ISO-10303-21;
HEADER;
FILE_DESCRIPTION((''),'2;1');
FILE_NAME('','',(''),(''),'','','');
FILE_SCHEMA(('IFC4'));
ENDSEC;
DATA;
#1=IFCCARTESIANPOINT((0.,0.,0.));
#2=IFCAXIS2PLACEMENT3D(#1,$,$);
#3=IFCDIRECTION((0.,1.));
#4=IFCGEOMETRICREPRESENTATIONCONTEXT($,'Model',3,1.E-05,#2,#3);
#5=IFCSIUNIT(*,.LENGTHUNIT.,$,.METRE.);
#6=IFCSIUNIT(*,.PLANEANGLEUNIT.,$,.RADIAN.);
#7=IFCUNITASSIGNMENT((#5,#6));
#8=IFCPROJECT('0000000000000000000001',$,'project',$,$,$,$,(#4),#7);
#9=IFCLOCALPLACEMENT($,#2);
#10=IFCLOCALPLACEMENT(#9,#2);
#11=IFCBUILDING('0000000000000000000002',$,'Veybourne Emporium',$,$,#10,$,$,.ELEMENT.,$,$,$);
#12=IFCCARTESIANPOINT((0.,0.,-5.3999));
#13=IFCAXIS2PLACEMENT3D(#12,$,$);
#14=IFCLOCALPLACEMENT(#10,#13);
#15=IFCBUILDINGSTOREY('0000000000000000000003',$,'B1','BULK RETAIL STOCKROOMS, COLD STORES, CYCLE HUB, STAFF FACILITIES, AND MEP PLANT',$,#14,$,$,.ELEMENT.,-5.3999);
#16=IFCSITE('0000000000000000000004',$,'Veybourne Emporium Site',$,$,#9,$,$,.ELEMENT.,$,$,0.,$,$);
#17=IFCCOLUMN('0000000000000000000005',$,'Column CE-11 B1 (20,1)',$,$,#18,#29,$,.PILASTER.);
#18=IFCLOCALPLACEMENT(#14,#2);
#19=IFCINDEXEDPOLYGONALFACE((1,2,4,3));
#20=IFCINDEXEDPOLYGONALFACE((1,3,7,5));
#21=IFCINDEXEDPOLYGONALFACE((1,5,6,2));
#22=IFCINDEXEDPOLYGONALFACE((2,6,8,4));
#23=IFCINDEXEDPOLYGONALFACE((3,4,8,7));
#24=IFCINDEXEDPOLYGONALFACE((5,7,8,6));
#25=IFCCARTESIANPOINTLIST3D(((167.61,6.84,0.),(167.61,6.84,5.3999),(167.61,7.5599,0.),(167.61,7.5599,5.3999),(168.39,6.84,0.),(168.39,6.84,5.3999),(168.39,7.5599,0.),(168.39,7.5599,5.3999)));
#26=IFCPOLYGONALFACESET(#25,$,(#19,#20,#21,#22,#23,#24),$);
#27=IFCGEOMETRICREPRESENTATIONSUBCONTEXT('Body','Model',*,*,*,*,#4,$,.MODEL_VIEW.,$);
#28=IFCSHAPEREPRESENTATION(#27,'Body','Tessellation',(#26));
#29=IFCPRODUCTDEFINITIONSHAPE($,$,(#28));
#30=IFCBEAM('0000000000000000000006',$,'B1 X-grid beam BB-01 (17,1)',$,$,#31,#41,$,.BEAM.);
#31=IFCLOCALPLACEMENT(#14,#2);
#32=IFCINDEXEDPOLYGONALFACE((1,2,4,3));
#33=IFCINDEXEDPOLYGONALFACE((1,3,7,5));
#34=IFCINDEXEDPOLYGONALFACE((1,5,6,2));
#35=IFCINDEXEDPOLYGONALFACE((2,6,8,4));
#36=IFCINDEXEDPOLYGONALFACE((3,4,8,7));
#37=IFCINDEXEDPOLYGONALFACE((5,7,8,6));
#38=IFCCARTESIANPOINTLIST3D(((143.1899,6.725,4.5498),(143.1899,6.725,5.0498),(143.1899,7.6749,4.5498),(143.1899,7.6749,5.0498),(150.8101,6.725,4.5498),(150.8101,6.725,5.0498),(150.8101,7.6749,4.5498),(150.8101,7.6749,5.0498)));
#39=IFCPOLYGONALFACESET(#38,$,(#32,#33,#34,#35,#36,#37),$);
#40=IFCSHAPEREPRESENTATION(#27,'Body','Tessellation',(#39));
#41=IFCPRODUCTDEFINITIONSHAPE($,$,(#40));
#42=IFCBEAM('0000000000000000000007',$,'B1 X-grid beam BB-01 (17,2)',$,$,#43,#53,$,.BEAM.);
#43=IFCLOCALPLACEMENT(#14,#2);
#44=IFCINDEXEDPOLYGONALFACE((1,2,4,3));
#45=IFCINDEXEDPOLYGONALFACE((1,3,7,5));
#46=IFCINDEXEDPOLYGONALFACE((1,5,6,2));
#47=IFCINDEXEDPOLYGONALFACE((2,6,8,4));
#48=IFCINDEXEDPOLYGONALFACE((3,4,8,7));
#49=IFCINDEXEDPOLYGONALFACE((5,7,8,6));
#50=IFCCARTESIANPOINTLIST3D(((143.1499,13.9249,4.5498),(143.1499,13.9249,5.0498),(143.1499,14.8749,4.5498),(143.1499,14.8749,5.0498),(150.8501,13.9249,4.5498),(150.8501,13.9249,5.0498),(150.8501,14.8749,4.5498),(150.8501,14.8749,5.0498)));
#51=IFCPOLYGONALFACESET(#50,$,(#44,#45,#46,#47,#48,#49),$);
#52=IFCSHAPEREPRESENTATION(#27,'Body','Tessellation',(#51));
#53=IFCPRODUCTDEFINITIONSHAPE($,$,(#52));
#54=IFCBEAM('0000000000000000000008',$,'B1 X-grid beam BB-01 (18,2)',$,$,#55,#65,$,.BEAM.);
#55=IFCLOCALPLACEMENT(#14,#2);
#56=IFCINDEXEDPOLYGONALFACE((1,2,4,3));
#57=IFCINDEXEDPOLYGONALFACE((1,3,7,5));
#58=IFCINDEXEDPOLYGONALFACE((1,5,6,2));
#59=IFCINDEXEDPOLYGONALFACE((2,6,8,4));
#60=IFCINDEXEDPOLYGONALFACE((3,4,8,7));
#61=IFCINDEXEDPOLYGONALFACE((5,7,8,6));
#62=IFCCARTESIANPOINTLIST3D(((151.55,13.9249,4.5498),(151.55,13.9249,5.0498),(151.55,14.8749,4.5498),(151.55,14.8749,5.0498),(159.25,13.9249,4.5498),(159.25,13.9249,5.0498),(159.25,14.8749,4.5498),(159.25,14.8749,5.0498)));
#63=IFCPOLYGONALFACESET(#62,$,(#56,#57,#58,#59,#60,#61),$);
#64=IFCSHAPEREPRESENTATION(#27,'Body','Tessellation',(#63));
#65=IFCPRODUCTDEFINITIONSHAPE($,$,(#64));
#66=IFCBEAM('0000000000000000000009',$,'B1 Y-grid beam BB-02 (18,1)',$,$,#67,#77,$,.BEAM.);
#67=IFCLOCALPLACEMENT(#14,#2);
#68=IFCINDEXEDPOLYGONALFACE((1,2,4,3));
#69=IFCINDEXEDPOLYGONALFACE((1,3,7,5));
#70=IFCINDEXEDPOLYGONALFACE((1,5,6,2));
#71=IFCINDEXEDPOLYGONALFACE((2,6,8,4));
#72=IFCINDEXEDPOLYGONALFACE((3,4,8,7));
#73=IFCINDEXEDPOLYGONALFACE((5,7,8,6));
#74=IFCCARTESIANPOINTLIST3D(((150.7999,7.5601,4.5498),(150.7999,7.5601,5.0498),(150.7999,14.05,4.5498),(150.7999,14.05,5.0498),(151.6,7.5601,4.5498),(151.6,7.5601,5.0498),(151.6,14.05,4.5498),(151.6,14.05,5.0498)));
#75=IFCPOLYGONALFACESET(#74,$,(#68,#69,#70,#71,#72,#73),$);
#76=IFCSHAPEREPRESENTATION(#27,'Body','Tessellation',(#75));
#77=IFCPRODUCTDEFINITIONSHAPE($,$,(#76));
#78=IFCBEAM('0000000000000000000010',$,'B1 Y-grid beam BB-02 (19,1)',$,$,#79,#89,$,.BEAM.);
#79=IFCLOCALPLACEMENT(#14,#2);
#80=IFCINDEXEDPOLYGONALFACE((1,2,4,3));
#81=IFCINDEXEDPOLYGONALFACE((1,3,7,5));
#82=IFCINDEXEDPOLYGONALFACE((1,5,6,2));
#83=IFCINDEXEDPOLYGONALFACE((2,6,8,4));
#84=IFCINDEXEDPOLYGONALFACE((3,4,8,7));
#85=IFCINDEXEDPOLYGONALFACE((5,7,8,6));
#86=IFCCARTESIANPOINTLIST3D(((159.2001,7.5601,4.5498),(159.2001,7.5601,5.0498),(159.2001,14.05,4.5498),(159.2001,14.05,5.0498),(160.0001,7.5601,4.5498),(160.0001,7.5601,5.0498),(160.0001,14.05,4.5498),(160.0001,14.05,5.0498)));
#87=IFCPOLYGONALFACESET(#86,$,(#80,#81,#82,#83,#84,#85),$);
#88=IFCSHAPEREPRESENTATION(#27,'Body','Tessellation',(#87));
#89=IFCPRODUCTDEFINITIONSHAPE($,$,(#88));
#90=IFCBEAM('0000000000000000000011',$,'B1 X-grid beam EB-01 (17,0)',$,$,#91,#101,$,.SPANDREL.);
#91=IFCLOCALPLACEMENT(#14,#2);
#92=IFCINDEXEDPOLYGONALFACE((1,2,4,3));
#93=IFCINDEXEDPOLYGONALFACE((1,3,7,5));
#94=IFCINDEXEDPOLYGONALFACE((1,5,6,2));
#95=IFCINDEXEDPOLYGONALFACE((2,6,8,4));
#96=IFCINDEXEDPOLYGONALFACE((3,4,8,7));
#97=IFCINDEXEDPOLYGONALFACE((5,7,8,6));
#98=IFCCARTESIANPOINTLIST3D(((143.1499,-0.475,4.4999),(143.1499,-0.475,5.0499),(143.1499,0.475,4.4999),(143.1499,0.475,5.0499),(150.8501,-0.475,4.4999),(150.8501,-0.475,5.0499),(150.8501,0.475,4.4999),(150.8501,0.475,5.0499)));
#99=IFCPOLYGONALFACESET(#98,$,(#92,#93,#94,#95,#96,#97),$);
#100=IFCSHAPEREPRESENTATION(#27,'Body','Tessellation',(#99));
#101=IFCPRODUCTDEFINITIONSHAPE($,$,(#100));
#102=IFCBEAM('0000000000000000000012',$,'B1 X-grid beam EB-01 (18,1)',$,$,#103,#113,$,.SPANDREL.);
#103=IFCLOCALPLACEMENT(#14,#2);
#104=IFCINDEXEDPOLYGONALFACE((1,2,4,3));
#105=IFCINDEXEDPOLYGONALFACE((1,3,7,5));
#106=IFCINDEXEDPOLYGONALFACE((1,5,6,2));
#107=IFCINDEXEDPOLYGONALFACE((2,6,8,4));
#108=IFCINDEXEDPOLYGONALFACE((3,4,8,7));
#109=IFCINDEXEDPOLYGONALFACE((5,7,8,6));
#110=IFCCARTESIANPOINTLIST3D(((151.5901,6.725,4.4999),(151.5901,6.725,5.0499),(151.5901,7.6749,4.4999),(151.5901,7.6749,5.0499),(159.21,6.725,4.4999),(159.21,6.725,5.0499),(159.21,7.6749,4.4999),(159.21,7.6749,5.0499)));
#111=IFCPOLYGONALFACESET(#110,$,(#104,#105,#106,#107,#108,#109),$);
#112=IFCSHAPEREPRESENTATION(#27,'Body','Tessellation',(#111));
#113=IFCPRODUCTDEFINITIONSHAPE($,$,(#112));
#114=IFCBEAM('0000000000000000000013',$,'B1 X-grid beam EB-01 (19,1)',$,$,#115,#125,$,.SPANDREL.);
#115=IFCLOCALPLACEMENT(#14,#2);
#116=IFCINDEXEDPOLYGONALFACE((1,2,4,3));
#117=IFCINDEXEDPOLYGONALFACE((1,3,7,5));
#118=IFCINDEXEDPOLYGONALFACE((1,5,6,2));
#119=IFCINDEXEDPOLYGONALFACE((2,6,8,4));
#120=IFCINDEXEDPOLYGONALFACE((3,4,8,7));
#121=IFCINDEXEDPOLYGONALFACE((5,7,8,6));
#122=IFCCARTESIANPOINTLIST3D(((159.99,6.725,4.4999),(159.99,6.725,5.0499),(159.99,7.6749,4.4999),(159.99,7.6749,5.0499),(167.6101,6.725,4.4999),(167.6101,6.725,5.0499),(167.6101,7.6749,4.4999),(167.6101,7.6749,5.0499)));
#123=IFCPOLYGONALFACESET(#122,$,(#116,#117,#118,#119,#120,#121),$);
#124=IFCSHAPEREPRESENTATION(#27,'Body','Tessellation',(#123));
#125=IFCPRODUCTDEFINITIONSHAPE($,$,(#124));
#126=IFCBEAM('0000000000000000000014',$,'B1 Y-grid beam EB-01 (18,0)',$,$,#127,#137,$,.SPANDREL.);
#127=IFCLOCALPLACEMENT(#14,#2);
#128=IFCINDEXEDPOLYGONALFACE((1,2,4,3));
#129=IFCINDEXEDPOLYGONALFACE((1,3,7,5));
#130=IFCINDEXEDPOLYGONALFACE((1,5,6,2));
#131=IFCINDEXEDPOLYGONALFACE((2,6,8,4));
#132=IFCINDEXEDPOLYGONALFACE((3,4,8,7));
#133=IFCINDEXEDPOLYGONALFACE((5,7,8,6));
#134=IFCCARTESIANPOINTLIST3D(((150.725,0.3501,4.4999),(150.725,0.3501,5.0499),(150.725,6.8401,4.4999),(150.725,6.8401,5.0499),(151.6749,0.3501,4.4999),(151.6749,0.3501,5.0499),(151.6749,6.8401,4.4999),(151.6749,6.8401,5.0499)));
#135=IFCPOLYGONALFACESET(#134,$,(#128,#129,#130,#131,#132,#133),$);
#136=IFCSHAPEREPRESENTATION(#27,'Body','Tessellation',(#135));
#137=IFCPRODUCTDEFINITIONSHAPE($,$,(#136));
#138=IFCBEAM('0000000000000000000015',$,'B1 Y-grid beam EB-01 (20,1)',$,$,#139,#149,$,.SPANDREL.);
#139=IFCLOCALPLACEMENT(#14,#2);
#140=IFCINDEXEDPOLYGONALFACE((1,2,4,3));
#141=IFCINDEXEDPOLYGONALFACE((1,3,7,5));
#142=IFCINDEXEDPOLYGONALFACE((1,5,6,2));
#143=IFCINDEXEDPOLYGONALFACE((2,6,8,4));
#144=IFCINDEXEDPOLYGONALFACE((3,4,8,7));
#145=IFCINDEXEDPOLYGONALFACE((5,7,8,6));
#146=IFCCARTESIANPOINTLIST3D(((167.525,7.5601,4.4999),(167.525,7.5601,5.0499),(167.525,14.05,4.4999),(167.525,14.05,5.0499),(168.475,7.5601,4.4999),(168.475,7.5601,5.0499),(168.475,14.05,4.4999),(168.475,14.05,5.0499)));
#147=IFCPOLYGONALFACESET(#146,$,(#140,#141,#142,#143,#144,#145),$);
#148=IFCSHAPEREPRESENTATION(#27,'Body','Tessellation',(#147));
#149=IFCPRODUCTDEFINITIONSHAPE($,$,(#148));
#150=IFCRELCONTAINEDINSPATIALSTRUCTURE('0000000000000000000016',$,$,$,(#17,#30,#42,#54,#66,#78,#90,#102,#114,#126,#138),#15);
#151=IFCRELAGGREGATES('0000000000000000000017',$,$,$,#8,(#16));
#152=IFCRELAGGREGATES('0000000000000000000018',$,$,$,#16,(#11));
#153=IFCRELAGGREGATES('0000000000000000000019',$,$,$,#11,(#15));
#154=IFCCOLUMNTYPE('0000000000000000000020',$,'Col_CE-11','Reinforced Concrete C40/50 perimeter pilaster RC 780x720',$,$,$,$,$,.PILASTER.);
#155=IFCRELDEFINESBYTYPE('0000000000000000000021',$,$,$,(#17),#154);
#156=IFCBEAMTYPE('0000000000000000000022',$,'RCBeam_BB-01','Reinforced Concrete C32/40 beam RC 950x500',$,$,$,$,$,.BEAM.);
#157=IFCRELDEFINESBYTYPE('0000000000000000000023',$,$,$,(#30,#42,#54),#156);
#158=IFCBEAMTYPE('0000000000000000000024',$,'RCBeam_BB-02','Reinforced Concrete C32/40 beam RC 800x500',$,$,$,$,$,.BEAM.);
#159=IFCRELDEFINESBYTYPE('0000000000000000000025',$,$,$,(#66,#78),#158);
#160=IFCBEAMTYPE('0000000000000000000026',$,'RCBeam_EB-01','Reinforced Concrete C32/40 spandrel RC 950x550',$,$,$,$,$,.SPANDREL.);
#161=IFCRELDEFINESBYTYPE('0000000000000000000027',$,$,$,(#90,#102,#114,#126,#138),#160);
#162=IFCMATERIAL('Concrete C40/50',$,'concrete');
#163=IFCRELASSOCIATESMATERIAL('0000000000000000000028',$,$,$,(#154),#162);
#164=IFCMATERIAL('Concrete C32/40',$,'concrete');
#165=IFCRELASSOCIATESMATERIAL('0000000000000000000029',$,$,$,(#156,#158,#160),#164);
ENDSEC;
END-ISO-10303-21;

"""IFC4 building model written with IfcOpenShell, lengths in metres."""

from ifc_helpers import new_model, si_unit, direction, frame, origin, origin_2d, place, context, subcontext, project, spatial, rectangle, extrude, material, material_profile, profile_set, type_object, element, save


model = new_model("IFC4")

# Units and contexts
model_context = context("Model", 3, precision=1e-05, world=origin(), true_north=direction((0.0, 1.0)))
body_context = subcontext(model_context, "Body", "Model", "MODEL_VIEW")
ifc_project = project(units=[si_unit("LENGTHUNIT", "METRE"), si_unit("PLANEANGLEUNIT", "RADIAN")], contexts=[model_context])

# Site, building, storey
site_placement = place(None, origin())
site = spatial("IfcSite", under=ifc_project, at=site_placement, Name="Veybourne Emporium Site", CompositionType="ELEMENT", RefElevation=0.0)
building_placement = place(site_placement, origin())
building = spatial("IfcBuilding", under=site, at=building_placement, Name="Veybourne Emporium", CompositionType="ELEMENT")
storey_placement = place(building_placement, frame((0.0, 0.0, -5.3999)))
storey = spatial("IfcBuildingStorey", under=building, at=storey_placement, Name="B1", Description="BULK RETAIL STOCKROOMS, COLD STORES, CYCLE HUB, STAFF FACILITIES, AND MEP PLANT", CompositionType="ELEMENT", Elevation=-5.3999)

# Column
ifc_material_1 = material(Name="Concrete C40/50", Category="concrete")
ifc_material_profile_1 = material_profile(ifc_material_1, rectangle(XDim=0.78, YDim=0.72, at=origin_2d()), Name="RC 780x720")
ifc_profile_set_1 = profile_set([ifc_material_profile_1], Name="Concrete C40/50")
column_type_1 = type_object("IfcColumnType", Name="Col_CE-11", Description="Reinforced Concrete C40/50 perimeter pilaster RC 780x720", PredefinedType="PILASTER", material=ifc_profile_set_1)
column_1_placement = place(storey_placement, frame((168.0, 7.2, 0.0), z_axis=(0.0, 0.0, 1.0), x_axis=(1.0, 0.0, 0.0)))
element("IfcColumn", 1, at=column_1_placement, inside=storey, type_object=column_type_1, Name="Column CE-11 B1 (20,1)", PredefinedType="PILASTER", context=body_context, shape_type="SweptSolid", body=[
    extrude(rectangle(XDim=0.78, YDim=0.72, at=origin_2d()), origin(), (0.0, 0.0, 1.0), 5.3999),
])

# Beams
ifc_material_2 = material(Name="Concrete C32/40", Category="concrete")
ifc_material_profile_2 = material_profile(ifc_material_2, rectangle(XDim=0.95, YDim=0.5, at=origin_2d()), Name="RC 950x500")
ifc_profile_set_2 = profile_set([ifc_material_profile_2], Name="Concrete C32/40")
beam_type_1 = type_object("IfcBeamType", Name="RCBeam_BB-01", Description="Reinforced Concrete C32/40 beam RC 950x500", PredefinedType="BEAM", material=ifc_profile_set_2)
beam_1_placement = place(storey_placement, frame((143.1899, 7.2, 4.7998), z_axis=(1.0, 0.0, 0.0), x_axis=(0.0, 1.0, 0.0)))
element("IfcBeam", 2, at=beam_1_placement, inside=storey, type_object=beam_type_1, Name="B1 X-grid beam BB-01 (17,1)", PredefinedType="BEAM", context=body_context, shape_type="SweptSolid", body=[
    extrude(rectangle(XDim=0.95, YDim=0.5, at=origin_2d()), origin(), (0.0, 0.0, 1.0), 7.6201),
])
beam_2_placement = place(storey_placement, frame((143.1499, 14.3999, 4.7998), z_axis=(1.0, 0.0, 0.0), x_axis=(0.0, 1.0, 0.0)))
element("IfcBeam", 3, at=beam_2_placement, inside=storey, type_object=beam_type_1, Name="B1 X-grid beam BB-01 (17,2)", PredefinedType="BEAM", context=body_context, shape_type="SweptSolid", body=[
    extrude(rectangle(XDim=0.95, YDim=0.5, at=origin_2d()), origin(), (0.0, 0.0, 1.0), 7.7002),
])
beam_3_placement = place(storey_placement, frame((151.55, 14.3999, 4.7998), z_axis=(1.0, 0.0, 0.0), x_axis=(0.0, 1.0, 0.0)))
element("IfcBeam", 4, at=beam_3_placement, inside=storey, type_object=beam_type_1, Name="B1 X-grid beam BB-01 (18,2)", PredefinedType="BEAM", context=body_context, shape_type="SweptSolid", body=[
    extrude(rectangle(XDim=0.95, YDim=0.5, at=origin_2d()), origin(), (0.0, 0.0, 1.0), 7.7),
])
ifc_material_profile_3 = material_profile(ifc_material_2, rectangle(XDim=0.8, YDim=0.5, at=origin_2d()), Name="RC 800x500")
ifc_profile_set_3 = profile_set([ifc_material_profile_3], Name="Concrete C32/40")
beam_type_2 = type_object("IfcBeamType", Name="RCBeam_BB-02", Description="Reinforced Concrete C32/40 beam RC 800x500", PredefinedType="BEAM", material=ifc_profile_set_3)
for number, where, z_axis, x_axis, name in (
    (5, (151.2, 7.5601, 4.7998), (0.0, 1.0, 0.0), (-1.0, 0.0, 0.0), "B1 Y-grid beam BB-02 (18,1)"),
    (6, (159.6001, 7.5601, 4.7998), (0.0, 1.0, 0.0), (-1.0, 0.0, 0.0), "B1 Y-grid beam BB-02 (19,1)"),
):
    element("IfcBeam", number, at=place(storey_placement, frame(where, z_axis=z_axis, x_axis=x_axis)), inside=storey, type_object=beam_type_2, Name=name, PredefinedType="BEAM", context=body_context, shape_type="SweptSolid", body=[
        extrude(rectangle(XDim=0.8, YDim=0.5, at=origin_2d()), origin(), (0.0, 0.0, 1.0), 6.49),
    ])
ifc_material_profile_4 = material_profile(ifc_material_2, rectangle(XDim=0.95, YDim=0.55, at=origin_2d()), Name="RC 950x550")
ifc_profile_set_4 = profile_set([ifc_material_profile_4], Name="Concrete C32/40")
beam_type_3 = type_object("IfcBeamType", Name="RCBeam_EB-01", Description="Reinforced Concrete C32/40 spandrel RC 950x550", PredefinedType="SPANDREL", material=ifc_profile_set_4)
beam_4_placement = place(storey_placement, frame((143.1499, 0.0, 4.7749), z_axis=(1.0, 0.0, 0.0), x_axis=(0.0, 1.0, 0.0)))
element("IfcBeam", 7, at=beam_4_placement, inside=storey, type_object=beam_type_3, Name="B1 X-grid beam EB-01 (17,0)", PredefinedType="SPANDREL", context=body_context, shape_type="SweptSolid", body=[
    extrude(rectangle(XDim=0.95, YDim=0.55, at=origin_2d()), origin(), (0.0, 0.0, 1.0), 7.7002),
])
beam_5_placement = place(storey_placement, frame((151.5901, 7.2, 4.7749), z_axis=(1.0, 0.0, 0.0), x_axis=(0.0, 1.0, 0.0)))
element("IfcBeam", 8, at=beam_5_placement, inside=storey, type_object=beam_type_3, Name="B1 X-grid beam EB-01 (18,1)", PredefinedType="SPANDREL", context=body_context, shape_type="SweptSolid", body=[
    extrude(rectangle(XDim=0.95, YDim=0.55, at=origin_2d()), origin(), (0.0, 0.0, 1.0), 7.6199),
])
beam_6_placement = place(storey_placement, frame((159.99, 7.2, 4.7749), z_axis=(1.0, 0.0, 0.0), x_axis=(0.0, 1.0, 0.0)))
element("IfcBeam", 9, at=beam_6_placement, inside=storey, type_object=beam_type_3, Name="B1 X-grid beam EB-01 (19,1)", PredefinedType="SPANDREL", context=body_context, shape_type="SweptSolid", body=[
    extrude(rectangle(XDim=0.95, YDim=0.55, at=origin_2d()), origin(), (0.0, 0.0, 1.0), 7.6201),
])
for number, where, z_axis, x_axis, name in (
    (10, (151.2, 0.3501, 4.7749), (0.0, 1.0, 0.0), (-1.0, 0.0, 0.0), "B1 Y-grid beam EB-01 (18,0)"),
    (11, (168.0, 7.5601, 4.7749), (0.0, 1.0, 0.0), (-1.0, 0.0, 0.0), "B1 Y-grid beam EB-01 (20,1)"),
):
    element("IfcBeam", number, at=place(storey_placement, frame(where, z_axis=z_axis, x_axis=x_axis)), inside=storey, type_object=beam_type_3, Name=name, PredefinedType="SPANDREL", context=body_context, shape_type="SweptSolid", body=[
        extrude(rectangle(XDim=0.95, YDim=0.55, at=origin_2d()), origin(), (0.0, 0.0, 1.0), 6.49),
    ])

save(model, "model.ifc")
